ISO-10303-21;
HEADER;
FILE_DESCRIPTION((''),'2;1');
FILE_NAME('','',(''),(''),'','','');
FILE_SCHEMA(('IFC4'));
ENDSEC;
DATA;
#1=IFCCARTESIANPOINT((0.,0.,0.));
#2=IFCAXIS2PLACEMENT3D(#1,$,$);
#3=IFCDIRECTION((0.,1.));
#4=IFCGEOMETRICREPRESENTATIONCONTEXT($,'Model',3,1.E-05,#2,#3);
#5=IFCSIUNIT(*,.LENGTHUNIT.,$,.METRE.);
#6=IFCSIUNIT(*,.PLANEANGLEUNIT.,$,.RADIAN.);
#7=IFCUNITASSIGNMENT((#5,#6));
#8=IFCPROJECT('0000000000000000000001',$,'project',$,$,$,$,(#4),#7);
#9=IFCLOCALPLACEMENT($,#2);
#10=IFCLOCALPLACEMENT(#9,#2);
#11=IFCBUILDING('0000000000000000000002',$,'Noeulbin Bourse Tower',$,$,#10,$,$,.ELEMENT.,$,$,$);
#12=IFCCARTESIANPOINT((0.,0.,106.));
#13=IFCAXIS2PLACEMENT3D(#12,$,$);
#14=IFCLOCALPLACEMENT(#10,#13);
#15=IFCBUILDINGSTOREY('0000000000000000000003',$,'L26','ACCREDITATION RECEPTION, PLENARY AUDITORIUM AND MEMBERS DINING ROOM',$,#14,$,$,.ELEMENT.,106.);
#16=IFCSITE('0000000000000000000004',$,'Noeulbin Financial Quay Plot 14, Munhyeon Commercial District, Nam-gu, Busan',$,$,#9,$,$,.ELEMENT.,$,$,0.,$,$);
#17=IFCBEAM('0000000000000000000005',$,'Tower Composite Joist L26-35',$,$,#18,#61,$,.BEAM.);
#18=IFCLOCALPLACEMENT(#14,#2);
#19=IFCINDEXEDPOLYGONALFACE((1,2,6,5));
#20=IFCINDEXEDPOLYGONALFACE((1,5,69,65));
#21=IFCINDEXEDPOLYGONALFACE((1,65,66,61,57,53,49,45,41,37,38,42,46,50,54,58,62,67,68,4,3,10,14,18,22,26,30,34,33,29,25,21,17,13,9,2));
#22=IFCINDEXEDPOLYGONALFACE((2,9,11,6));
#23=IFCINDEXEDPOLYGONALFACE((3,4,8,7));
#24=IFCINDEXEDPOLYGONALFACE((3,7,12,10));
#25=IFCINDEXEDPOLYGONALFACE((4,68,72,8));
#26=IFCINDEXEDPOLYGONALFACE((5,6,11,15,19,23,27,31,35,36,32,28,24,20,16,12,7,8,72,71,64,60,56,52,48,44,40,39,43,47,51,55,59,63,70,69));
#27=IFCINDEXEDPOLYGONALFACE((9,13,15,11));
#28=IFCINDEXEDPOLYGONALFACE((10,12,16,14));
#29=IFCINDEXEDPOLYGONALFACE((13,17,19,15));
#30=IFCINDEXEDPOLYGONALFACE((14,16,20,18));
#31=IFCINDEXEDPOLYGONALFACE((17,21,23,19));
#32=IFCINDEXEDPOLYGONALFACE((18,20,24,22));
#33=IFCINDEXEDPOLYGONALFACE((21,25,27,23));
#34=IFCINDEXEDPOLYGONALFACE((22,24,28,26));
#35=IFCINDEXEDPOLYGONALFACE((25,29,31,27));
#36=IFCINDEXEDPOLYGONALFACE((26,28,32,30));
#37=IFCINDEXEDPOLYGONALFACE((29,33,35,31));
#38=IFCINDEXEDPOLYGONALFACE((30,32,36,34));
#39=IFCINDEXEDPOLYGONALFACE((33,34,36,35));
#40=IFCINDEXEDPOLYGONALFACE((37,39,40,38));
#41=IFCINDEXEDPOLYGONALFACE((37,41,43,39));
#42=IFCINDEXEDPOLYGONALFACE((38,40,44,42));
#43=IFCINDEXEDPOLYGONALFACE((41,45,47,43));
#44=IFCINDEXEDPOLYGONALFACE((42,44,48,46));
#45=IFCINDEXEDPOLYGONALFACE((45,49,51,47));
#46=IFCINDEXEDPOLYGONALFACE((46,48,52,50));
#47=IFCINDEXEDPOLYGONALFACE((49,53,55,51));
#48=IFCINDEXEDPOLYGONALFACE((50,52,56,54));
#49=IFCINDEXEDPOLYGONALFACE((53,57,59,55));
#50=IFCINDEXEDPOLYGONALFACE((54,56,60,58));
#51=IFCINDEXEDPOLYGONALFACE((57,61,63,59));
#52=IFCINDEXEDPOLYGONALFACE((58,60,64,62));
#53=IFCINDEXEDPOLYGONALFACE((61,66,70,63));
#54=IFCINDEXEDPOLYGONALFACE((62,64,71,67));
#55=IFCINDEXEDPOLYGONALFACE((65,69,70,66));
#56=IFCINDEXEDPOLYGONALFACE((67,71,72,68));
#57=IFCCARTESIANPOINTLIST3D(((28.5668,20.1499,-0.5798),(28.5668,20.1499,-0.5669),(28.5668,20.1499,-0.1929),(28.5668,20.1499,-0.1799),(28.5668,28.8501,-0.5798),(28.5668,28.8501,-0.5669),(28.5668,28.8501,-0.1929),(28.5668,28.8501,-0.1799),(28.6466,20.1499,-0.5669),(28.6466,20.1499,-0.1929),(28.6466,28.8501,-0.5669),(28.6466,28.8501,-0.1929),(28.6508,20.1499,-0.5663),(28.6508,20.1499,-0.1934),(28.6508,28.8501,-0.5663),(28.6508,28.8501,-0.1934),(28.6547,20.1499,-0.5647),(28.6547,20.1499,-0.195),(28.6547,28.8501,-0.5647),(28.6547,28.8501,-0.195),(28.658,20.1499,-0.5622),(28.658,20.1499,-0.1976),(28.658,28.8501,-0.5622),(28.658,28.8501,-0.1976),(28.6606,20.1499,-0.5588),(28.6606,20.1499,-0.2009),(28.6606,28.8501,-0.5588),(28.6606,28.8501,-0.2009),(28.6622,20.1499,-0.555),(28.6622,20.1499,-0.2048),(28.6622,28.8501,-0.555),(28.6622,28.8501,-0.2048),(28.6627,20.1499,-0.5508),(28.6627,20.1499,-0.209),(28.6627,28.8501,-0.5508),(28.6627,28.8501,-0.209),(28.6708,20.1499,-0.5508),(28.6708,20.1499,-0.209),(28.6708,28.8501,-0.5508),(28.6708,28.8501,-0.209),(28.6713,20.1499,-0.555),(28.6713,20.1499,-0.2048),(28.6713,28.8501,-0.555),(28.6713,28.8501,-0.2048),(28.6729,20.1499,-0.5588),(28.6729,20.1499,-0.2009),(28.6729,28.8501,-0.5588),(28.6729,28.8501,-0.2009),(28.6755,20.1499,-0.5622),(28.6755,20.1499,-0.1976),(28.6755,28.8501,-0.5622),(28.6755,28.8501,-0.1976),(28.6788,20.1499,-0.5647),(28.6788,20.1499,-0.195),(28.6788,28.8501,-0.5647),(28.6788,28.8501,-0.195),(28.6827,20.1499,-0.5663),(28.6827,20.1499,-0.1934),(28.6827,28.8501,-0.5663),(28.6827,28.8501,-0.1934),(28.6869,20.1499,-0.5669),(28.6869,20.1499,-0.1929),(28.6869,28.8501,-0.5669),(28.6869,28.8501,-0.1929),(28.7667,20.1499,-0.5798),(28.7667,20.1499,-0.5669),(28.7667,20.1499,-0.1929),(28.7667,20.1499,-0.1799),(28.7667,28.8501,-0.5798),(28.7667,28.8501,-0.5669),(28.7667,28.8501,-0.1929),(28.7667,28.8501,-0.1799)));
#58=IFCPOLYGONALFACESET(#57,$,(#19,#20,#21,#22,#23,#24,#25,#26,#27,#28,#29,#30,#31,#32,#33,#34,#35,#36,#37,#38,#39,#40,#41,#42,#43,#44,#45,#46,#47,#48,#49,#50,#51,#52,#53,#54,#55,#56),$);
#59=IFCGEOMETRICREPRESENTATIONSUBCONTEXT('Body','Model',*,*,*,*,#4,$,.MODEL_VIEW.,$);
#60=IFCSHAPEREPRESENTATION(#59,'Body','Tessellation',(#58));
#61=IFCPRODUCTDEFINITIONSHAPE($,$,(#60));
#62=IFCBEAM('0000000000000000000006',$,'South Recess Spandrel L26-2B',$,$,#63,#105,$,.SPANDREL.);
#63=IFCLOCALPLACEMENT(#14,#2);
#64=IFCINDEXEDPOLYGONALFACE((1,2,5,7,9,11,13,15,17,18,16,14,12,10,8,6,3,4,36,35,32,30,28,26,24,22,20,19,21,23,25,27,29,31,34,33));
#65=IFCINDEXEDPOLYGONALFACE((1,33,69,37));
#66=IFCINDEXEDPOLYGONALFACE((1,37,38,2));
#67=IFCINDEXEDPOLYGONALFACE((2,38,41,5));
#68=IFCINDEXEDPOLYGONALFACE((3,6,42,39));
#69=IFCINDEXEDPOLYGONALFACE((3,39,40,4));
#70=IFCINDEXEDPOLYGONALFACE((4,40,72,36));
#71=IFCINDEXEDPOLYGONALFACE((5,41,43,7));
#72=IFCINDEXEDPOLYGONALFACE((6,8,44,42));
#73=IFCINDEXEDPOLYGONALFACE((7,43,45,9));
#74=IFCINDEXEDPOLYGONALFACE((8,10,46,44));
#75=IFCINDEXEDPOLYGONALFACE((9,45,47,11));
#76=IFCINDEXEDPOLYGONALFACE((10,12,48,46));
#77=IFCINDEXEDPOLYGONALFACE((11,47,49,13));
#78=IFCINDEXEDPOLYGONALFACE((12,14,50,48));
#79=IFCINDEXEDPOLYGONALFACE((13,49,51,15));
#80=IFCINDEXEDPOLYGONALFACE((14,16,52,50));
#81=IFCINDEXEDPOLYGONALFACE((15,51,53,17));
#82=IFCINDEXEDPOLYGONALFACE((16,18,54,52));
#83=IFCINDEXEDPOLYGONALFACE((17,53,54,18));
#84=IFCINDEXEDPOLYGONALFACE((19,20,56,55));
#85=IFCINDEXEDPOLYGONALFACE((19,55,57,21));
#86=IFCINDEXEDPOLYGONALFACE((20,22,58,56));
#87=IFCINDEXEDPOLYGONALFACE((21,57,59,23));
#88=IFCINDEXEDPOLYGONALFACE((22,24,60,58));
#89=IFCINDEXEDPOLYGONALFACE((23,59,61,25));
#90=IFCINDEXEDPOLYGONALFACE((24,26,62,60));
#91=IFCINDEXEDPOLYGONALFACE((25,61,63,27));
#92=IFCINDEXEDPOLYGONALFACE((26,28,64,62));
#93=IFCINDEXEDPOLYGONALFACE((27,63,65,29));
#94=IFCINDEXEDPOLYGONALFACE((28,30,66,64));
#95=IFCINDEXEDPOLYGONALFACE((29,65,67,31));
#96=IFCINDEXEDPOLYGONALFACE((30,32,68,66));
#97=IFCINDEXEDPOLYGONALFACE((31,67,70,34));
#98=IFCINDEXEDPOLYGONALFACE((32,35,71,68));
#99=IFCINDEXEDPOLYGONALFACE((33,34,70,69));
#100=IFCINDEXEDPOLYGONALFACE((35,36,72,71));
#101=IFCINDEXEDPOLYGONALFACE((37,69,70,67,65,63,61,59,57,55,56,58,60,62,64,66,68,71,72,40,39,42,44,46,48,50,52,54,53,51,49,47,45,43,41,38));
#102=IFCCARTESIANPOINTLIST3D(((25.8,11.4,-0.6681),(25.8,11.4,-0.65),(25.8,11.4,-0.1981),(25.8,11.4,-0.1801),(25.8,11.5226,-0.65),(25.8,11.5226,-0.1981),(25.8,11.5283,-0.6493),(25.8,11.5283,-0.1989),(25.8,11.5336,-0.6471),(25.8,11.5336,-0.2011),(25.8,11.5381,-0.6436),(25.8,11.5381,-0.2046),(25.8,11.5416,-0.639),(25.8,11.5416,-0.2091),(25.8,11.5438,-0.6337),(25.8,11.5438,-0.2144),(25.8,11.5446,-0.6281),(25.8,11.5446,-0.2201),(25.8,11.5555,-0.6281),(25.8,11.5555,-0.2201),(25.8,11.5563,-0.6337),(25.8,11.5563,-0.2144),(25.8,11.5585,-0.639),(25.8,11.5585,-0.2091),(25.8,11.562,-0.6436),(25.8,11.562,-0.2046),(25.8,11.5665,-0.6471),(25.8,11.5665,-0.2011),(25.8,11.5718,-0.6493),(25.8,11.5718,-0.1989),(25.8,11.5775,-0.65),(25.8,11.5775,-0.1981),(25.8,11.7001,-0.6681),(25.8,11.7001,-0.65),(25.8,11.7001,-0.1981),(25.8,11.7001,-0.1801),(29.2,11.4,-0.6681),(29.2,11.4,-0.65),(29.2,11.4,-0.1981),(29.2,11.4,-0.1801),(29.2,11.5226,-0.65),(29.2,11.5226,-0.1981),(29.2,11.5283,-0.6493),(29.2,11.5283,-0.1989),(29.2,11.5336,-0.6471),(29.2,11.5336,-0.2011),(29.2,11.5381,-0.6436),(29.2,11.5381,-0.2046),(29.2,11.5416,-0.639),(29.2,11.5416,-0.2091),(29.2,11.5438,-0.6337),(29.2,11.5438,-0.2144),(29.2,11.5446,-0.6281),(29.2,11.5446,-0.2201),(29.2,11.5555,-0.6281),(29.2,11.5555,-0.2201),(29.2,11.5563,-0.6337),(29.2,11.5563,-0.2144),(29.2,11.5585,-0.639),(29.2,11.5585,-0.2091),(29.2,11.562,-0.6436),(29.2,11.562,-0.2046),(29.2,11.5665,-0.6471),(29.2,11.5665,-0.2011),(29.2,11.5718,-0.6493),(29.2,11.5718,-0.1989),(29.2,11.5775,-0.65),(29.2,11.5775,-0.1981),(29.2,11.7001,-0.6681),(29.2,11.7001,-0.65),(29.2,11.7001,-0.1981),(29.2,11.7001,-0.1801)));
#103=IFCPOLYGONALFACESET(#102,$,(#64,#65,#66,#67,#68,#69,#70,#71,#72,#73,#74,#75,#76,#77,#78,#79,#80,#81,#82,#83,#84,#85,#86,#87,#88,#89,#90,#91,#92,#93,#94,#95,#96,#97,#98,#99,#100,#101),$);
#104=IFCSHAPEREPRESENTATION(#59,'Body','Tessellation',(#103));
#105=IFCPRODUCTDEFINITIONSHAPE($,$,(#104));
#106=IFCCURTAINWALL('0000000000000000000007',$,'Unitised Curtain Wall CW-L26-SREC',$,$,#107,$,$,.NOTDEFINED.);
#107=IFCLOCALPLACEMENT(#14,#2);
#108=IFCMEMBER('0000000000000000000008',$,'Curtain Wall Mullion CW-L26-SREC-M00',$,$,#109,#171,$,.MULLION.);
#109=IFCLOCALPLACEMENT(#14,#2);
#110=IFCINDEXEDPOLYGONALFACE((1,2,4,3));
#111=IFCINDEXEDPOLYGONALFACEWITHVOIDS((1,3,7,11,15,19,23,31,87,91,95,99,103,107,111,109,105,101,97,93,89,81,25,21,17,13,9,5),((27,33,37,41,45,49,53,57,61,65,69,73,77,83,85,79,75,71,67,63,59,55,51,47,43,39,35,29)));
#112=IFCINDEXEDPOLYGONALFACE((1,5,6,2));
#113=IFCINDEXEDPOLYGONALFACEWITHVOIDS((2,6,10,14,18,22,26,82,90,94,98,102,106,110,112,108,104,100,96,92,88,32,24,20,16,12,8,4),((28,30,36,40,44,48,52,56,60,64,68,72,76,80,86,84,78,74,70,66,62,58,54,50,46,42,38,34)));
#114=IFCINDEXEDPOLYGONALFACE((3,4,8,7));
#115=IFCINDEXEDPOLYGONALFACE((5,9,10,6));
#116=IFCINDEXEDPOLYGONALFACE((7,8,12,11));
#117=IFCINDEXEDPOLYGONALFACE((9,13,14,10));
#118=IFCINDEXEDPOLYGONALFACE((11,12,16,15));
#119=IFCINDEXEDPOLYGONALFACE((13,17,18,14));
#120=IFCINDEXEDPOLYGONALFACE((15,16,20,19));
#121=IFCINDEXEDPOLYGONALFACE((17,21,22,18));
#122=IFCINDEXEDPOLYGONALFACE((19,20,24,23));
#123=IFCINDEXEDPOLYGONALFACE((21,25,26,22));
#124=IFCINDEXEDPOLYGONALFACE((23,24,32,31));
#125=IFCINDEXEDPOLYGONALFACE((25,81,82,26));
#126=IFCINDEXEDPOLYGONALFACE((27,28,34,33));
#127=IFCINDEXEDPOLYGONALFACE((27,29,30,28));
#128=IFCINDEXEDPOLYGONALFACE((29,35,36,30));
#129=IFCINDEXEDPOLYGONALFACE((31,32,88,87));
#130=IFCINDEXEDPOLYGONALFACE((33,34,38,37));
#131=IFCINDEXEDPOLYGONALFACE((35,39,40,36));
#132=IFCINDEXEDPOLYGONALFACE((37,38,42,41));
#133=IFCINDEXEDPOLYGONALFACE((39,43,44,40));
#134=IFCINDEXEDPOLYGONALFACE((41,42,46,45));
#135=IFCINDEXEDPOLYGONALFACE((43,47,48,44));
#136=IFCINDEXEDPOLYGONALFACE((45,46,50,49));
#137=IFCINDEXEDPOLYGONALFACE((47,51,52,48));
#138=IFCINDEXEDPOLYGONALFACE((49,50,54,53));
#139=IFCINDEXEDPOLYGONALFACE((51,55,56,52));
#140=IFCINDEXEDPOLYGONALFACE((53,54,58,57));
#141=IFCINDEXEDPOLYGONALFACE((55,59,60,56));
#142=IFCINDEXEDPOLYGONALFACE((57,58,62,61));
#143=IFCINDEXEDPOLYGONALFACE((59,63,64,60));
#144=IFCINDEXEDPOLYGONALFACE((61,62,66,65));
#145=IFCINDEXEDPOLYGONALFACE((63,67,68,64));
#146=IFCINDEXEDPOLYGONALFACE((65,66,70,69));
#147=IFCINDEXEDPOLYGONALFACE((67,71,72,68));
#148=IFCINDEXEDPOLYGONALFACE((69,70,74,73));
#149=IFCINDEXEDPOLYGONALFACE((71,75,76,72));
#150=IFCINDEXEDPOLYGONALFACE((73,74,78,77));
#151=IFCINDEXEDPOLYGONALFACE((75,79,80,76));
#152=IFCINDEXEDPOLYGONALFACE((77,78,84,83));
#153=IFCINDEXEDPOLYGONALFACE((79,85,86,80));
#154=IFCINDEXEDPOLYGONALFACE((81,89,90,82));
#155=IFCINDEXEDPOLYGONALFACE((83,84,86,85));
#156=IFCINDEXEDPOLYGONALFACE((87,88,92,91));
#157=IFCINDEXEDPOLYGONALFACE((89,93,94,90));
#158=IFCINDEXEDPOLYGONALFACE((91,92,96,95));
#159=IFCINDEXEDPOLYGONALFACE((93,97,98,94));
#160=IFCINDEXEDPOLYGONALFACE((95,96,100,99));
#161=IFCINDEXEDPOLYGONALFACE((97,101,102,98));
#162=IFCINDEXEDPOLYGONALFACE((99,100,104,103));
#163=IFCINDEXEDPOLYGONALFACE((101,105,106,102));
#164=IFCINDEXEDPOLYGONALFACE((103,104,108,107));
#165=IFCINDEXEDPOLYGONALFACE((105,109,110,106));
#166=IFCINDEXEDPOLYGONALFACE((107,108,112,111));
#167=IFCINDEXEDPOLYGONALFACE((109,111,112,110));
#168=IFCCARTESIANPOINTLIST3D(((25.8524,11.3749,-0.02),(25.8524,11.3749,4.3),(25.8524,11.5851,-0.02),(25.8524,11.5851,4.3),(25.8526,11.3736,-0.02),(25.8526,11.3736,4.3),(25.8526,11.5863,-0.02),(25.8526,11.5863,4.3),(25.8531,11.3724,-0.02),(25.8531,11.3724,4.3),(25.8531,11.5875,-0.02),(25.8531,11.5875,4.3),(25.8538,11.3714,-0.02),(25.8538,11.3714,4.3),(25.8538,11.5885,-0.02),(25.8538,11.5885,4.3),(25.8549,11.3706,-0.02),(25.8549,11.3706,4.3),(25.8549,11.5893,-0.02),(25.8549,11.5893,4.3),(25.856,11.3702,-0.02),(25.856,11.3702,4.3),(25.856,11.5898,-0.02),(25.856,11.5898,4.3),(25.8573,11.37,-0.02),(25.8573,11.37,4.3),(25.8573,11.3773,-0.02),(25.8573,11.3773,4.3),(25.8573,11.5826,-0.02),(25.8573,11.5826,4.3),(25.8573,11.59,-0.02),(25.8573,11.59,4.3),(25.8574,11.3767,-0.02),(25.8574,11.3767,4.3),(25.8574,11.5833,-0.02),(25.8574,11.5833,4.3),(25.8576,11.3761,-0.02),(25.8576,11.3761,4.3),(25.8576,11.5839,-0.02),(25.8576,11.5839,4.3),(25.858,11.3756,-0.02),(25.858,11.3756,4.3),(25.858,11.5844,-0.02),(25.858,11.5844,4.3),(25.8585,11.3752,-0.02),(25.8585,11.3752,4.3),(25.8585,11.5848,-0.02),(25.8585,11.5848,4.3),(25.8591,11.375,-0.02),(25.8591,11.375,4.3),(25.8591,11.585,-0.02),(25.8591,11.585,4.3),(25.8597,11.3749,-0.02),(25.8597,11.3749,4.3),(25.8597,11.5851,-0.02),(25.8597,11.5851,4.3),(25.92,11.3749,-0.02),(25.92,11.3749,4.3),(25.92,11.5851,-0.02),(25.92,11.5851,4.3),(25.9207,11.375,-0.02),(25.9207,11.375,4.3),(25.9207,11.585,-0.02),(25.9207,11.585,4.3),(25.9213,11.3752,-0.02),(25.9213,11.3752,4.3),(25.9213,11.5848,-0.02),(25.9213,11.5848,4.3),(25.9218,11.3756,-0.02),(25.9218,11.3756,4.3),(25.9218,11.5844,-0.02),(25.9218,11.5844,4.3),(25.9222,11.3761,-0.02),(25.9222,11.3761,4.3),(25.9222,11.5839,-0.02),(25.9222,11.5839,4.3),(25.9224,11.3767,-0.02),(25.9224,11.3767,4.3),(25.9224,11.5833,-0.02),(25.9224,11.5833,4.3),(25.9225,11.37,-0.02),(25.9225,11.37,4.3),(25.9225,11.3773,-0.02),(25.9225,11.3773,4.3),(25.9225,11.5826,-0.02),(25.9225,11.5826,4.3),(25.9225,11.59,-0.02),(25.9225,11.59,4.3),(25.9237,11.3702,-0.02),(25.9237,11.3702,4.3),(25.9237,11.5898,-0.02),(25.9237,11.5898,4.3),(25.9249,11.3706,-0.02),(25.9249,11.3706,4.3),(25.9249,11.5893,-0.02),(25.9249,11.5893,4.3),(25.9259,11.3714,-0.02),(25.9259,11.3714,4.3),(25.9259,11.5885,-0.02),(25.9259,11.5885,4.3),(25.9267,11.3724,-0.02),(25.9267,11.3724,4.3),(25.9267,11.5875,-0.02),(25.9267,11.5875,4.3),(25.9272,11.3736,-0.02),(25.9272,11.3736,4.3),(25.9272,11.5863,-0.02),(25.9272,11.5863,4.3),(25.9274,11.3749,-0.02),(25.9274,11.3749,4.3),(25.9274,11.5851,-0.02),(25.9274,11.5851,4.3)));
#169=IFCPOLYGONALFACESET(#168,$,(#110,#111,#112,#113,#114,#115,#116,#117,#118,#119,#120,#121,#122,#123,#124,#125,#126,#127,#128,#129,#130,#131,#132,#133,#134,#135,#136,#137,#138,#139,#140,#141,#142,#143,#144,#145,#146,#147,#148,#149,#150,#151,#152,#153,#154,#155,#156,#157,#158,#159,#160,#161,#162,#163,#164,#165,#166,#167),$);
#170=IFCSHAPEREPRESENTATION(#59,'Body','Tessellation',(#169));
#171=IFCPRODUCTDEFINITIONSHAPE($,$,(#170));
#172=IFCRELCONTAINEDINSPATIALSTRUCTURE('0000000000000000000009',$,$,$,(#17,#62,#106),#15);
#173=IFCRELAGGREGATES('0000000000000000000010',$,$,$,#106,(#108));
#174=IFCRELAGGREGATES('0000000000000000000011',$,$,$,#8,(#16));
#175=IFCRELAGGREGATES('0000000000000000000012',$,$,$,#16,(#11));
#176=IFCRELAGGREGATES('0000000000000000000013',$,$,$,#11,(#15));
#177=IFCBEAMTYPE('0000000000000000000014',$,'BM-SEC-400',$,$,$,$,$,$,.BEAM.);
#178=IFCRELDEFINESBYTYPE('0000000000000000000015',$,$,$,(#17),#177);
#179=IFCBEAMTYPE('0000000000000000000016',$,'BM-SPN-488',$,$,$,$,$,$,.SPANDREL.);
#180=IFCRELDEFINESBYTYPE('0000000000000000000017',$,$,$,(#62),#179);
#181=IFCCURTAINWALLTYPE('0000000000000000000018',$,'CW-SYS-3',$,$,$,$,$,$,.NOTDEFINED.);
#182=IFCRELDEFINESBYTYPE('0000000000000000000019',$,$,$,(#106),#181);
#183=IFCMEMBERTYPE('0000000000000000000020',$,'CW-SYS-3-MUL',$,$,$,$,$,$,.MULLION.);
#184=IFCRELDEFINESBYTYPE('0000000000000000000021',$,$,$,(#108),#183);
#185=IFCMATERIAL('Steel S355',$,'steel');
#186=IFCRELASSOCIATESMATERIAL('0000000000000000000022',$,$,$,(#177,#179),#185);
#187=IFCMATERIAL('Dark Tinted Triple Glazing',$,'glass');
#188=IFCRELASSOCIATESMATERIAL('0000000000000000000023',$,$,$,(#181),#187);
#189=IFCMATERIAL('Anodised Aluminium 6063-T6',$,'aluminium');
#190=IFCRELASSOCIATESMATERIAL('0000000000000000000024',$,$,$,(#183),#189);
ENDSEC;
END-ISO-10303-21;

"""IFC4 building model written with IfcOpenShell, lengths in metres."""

from ifc_helpers import new_model, si_unit, direction, frame, origin, origin_2d, place, context, subcontext, project, spatial, hollow_rectangle, i_section, extrude, material, material_profile, profile_set, type_object, element, aggregate, save


model = new_model("IFC4")

# Units and contexts
model_context = context("Model", 3, precision=1e-05, world=origin(), true_north=direction((0.0, 1.0)))
body_context = subcontext(model_context, "Body", "Model", "MODEL_VIEW")
ifc_project = project(units=[si_unit("LENGTHUNIT", "METRE"), si_unit("PLANEANGLEUNIT", "RADIAN")], contexts=[model_context])

# Site, building, storey
site_placement = place(None, origin())
site = spatial("IfcSite", under=ifc_project, at=site_placement, Name="Noeulbin Financial Quay Plot 14, Munhyeon Commercial District, Nam-gu, Busan", CompositionType="ELEMENT", RefElevation=0.0)
building_placement = place(site_placement, origin())
building = spatial("IfcBuilding", under=site, at=building_placement, Name="Noeulbin Bourse Tower", CompositionType="ELEMENT")
storey_placement = place(building_placement, frame((0.0, 0.0, 106.0)))
storey = spatial("IfcBuildingStorey", under=building, at=storey_placement, Name="L26", Description="ACCREDITATION RECEPTION, PLENARY AUDITORIUM AND MEMBERS DINING ROOM", CompositionType="ELEMENT", Elevation=106.0)

# Beams
ifc_material_1 = material(Name="Steel S355", Category="steel")
ifc_material_profile_1 = material_profile(ifc_material_1, i_section(OverallWidth=0.2, OverallDepth=0.3999, WebThickness=0.0081, FlangeThickness=0.0129, FilletRadius=0.0161, at=origin_2d()), Name="H-400x200x8x13", Category="LoadBearing")
ifc_profile_set_1 = profile_set([ifc_material_profile_1], Name="Steel S355")
beam_type_1 = type_object("IfcBeamType", Name="BM-SEC-400", PredefinedType="BEAM", material=ifc_profile_set_1)
beam_1_placement = place(storey_placement, frame((28.6667, 20.1499, -0.3799), z_axis=(0.0, 1.0, 0.0), x_axis=(-1.0, 0.0, 0.0)))
element("IfcBeam", 1, at=beam_1_placement, inside=storey, type_object=beam_type_1, Name="Tower Composite Joist L26-35", PredefinedType="BEAM", context=body_context, shape_type="SweptSolid", body=[
    extrude(i_section(OverallWidth=0.2, OverallDepth=0.3999, WebThickness=0.0081, FlangeThickness=0.0129, FilletRadius=0.0161, at=origin_2d()), origin(), (0.0, 0.0, 1.0), 8.7002),
])
ifc_material_profile_2 = material_profile(ifc_material_1, i_section(OverallWidth=0.3, OverallDepth=0.488, WebThickness=0.011, FlangeThickness=0.0181, FilletRadius=0.022, at=origin_2d()), Name="H-488x300x11x18", Category="LoadBearing")
ifc_profile_set_2 = profile_set([ifc_material_profile_2], Name="Steel S355")
beam_type_2 = type_object("IfcBeamType", Name="BM-SPN-488", PredefinedType="SPANDREL", material=ifc_profile_set_2)
beam_2_placement = place(storey_placement, frame((25.8, 11.55, -0.4241), z_axis=(1.0, 0.0, 0.0), x_axis=(0.0, 1.0, 0.0)))
element("IfcBeam", 2, at=beam_2_placement, inside=storey, type_object=beam_type_2, Name="South Recess Spandrel L26-2B", PredefinedType="SPANDREL", context=body_context, shape_type="SweptSolid", body=[
    extrude(i_section(OverallWidth=0.3, OverallDepth=0.488, WebThickness=0.011, FlangeThickness=0.0181, FilletRadius=0.022, at=origin_2d()), origin(), (0.0, 0.0, 1.0), 3.3999),
])

# Curtain wall, member
ifc_material_2 = material(Name="Dark Tinted Triple Glazing", Category="glass")
curtain_wall_type = type_object("IfcCurtainWallType", Name="CW-SYS-3", PredefinedType="NOTDEFINED", material=ifc_material_2)
curtain_wall_placement = place(storey_placement, origin())
curtain_wall = element("IfcCurtainWall", 3, at=curtain_wall_placement, inside=storey, type_object=curtain_wall_type, Name="Unitised Curtain Wall CW-L26-SREC", PredefinedType="NOTDEFINED")
ifc_material_3 = material(Name="Anodised Aluminium 6063-T6", Category="aluminium")
ifc_material_profile_3 = material_profile(ifc_material_3, hollow_rectangle(XDim=0.075, YDim=0.22, WallThickness=0.0049, InnerFilletRadius=0.0024, OuterFilletRadius=0.0049, at=origin_2d()), Name="ALU-MULL-75x220x5", Category="LoadBearing")
ifc_profile_set_3 = profile_set([ifc_material_profile_3], Name="Anodised Aluminium 6063-T6")
member_type_1 = type_object("IfcMemberType", Name="CW-SYS-3-MUL", PredefinedType="MULLION", material=ifc_profile_set_3)
member_1_placement = place(storey_placement, frame((25.8899, 11.48, -0.02), z_axis=(0.0, 0.0, 1.0), x_axis=(1.0, 0.0, 0.0)))
member_1 = element("IfcMember", 4, at=member_1_placement, type_object=member_type_1, Name="Curtain Wall Mullion CW-L26-SREC-M00", PredefinedType="MULLION", context=body_context, shape_type="SweptSolid", body=[
    extrude(hollow_rectangle(XDim=0.075, YDim=0.22, WallThickness=0.0049, InnerFilletRadius=0.0024, OuterFilletRadius=0.0049, at=origin_2d()), origin(), (0.0, 0.0, 1.0), 4.3201),
])
aggregate(curtain_wall, [member_1])

save(model, "model.ifc")
